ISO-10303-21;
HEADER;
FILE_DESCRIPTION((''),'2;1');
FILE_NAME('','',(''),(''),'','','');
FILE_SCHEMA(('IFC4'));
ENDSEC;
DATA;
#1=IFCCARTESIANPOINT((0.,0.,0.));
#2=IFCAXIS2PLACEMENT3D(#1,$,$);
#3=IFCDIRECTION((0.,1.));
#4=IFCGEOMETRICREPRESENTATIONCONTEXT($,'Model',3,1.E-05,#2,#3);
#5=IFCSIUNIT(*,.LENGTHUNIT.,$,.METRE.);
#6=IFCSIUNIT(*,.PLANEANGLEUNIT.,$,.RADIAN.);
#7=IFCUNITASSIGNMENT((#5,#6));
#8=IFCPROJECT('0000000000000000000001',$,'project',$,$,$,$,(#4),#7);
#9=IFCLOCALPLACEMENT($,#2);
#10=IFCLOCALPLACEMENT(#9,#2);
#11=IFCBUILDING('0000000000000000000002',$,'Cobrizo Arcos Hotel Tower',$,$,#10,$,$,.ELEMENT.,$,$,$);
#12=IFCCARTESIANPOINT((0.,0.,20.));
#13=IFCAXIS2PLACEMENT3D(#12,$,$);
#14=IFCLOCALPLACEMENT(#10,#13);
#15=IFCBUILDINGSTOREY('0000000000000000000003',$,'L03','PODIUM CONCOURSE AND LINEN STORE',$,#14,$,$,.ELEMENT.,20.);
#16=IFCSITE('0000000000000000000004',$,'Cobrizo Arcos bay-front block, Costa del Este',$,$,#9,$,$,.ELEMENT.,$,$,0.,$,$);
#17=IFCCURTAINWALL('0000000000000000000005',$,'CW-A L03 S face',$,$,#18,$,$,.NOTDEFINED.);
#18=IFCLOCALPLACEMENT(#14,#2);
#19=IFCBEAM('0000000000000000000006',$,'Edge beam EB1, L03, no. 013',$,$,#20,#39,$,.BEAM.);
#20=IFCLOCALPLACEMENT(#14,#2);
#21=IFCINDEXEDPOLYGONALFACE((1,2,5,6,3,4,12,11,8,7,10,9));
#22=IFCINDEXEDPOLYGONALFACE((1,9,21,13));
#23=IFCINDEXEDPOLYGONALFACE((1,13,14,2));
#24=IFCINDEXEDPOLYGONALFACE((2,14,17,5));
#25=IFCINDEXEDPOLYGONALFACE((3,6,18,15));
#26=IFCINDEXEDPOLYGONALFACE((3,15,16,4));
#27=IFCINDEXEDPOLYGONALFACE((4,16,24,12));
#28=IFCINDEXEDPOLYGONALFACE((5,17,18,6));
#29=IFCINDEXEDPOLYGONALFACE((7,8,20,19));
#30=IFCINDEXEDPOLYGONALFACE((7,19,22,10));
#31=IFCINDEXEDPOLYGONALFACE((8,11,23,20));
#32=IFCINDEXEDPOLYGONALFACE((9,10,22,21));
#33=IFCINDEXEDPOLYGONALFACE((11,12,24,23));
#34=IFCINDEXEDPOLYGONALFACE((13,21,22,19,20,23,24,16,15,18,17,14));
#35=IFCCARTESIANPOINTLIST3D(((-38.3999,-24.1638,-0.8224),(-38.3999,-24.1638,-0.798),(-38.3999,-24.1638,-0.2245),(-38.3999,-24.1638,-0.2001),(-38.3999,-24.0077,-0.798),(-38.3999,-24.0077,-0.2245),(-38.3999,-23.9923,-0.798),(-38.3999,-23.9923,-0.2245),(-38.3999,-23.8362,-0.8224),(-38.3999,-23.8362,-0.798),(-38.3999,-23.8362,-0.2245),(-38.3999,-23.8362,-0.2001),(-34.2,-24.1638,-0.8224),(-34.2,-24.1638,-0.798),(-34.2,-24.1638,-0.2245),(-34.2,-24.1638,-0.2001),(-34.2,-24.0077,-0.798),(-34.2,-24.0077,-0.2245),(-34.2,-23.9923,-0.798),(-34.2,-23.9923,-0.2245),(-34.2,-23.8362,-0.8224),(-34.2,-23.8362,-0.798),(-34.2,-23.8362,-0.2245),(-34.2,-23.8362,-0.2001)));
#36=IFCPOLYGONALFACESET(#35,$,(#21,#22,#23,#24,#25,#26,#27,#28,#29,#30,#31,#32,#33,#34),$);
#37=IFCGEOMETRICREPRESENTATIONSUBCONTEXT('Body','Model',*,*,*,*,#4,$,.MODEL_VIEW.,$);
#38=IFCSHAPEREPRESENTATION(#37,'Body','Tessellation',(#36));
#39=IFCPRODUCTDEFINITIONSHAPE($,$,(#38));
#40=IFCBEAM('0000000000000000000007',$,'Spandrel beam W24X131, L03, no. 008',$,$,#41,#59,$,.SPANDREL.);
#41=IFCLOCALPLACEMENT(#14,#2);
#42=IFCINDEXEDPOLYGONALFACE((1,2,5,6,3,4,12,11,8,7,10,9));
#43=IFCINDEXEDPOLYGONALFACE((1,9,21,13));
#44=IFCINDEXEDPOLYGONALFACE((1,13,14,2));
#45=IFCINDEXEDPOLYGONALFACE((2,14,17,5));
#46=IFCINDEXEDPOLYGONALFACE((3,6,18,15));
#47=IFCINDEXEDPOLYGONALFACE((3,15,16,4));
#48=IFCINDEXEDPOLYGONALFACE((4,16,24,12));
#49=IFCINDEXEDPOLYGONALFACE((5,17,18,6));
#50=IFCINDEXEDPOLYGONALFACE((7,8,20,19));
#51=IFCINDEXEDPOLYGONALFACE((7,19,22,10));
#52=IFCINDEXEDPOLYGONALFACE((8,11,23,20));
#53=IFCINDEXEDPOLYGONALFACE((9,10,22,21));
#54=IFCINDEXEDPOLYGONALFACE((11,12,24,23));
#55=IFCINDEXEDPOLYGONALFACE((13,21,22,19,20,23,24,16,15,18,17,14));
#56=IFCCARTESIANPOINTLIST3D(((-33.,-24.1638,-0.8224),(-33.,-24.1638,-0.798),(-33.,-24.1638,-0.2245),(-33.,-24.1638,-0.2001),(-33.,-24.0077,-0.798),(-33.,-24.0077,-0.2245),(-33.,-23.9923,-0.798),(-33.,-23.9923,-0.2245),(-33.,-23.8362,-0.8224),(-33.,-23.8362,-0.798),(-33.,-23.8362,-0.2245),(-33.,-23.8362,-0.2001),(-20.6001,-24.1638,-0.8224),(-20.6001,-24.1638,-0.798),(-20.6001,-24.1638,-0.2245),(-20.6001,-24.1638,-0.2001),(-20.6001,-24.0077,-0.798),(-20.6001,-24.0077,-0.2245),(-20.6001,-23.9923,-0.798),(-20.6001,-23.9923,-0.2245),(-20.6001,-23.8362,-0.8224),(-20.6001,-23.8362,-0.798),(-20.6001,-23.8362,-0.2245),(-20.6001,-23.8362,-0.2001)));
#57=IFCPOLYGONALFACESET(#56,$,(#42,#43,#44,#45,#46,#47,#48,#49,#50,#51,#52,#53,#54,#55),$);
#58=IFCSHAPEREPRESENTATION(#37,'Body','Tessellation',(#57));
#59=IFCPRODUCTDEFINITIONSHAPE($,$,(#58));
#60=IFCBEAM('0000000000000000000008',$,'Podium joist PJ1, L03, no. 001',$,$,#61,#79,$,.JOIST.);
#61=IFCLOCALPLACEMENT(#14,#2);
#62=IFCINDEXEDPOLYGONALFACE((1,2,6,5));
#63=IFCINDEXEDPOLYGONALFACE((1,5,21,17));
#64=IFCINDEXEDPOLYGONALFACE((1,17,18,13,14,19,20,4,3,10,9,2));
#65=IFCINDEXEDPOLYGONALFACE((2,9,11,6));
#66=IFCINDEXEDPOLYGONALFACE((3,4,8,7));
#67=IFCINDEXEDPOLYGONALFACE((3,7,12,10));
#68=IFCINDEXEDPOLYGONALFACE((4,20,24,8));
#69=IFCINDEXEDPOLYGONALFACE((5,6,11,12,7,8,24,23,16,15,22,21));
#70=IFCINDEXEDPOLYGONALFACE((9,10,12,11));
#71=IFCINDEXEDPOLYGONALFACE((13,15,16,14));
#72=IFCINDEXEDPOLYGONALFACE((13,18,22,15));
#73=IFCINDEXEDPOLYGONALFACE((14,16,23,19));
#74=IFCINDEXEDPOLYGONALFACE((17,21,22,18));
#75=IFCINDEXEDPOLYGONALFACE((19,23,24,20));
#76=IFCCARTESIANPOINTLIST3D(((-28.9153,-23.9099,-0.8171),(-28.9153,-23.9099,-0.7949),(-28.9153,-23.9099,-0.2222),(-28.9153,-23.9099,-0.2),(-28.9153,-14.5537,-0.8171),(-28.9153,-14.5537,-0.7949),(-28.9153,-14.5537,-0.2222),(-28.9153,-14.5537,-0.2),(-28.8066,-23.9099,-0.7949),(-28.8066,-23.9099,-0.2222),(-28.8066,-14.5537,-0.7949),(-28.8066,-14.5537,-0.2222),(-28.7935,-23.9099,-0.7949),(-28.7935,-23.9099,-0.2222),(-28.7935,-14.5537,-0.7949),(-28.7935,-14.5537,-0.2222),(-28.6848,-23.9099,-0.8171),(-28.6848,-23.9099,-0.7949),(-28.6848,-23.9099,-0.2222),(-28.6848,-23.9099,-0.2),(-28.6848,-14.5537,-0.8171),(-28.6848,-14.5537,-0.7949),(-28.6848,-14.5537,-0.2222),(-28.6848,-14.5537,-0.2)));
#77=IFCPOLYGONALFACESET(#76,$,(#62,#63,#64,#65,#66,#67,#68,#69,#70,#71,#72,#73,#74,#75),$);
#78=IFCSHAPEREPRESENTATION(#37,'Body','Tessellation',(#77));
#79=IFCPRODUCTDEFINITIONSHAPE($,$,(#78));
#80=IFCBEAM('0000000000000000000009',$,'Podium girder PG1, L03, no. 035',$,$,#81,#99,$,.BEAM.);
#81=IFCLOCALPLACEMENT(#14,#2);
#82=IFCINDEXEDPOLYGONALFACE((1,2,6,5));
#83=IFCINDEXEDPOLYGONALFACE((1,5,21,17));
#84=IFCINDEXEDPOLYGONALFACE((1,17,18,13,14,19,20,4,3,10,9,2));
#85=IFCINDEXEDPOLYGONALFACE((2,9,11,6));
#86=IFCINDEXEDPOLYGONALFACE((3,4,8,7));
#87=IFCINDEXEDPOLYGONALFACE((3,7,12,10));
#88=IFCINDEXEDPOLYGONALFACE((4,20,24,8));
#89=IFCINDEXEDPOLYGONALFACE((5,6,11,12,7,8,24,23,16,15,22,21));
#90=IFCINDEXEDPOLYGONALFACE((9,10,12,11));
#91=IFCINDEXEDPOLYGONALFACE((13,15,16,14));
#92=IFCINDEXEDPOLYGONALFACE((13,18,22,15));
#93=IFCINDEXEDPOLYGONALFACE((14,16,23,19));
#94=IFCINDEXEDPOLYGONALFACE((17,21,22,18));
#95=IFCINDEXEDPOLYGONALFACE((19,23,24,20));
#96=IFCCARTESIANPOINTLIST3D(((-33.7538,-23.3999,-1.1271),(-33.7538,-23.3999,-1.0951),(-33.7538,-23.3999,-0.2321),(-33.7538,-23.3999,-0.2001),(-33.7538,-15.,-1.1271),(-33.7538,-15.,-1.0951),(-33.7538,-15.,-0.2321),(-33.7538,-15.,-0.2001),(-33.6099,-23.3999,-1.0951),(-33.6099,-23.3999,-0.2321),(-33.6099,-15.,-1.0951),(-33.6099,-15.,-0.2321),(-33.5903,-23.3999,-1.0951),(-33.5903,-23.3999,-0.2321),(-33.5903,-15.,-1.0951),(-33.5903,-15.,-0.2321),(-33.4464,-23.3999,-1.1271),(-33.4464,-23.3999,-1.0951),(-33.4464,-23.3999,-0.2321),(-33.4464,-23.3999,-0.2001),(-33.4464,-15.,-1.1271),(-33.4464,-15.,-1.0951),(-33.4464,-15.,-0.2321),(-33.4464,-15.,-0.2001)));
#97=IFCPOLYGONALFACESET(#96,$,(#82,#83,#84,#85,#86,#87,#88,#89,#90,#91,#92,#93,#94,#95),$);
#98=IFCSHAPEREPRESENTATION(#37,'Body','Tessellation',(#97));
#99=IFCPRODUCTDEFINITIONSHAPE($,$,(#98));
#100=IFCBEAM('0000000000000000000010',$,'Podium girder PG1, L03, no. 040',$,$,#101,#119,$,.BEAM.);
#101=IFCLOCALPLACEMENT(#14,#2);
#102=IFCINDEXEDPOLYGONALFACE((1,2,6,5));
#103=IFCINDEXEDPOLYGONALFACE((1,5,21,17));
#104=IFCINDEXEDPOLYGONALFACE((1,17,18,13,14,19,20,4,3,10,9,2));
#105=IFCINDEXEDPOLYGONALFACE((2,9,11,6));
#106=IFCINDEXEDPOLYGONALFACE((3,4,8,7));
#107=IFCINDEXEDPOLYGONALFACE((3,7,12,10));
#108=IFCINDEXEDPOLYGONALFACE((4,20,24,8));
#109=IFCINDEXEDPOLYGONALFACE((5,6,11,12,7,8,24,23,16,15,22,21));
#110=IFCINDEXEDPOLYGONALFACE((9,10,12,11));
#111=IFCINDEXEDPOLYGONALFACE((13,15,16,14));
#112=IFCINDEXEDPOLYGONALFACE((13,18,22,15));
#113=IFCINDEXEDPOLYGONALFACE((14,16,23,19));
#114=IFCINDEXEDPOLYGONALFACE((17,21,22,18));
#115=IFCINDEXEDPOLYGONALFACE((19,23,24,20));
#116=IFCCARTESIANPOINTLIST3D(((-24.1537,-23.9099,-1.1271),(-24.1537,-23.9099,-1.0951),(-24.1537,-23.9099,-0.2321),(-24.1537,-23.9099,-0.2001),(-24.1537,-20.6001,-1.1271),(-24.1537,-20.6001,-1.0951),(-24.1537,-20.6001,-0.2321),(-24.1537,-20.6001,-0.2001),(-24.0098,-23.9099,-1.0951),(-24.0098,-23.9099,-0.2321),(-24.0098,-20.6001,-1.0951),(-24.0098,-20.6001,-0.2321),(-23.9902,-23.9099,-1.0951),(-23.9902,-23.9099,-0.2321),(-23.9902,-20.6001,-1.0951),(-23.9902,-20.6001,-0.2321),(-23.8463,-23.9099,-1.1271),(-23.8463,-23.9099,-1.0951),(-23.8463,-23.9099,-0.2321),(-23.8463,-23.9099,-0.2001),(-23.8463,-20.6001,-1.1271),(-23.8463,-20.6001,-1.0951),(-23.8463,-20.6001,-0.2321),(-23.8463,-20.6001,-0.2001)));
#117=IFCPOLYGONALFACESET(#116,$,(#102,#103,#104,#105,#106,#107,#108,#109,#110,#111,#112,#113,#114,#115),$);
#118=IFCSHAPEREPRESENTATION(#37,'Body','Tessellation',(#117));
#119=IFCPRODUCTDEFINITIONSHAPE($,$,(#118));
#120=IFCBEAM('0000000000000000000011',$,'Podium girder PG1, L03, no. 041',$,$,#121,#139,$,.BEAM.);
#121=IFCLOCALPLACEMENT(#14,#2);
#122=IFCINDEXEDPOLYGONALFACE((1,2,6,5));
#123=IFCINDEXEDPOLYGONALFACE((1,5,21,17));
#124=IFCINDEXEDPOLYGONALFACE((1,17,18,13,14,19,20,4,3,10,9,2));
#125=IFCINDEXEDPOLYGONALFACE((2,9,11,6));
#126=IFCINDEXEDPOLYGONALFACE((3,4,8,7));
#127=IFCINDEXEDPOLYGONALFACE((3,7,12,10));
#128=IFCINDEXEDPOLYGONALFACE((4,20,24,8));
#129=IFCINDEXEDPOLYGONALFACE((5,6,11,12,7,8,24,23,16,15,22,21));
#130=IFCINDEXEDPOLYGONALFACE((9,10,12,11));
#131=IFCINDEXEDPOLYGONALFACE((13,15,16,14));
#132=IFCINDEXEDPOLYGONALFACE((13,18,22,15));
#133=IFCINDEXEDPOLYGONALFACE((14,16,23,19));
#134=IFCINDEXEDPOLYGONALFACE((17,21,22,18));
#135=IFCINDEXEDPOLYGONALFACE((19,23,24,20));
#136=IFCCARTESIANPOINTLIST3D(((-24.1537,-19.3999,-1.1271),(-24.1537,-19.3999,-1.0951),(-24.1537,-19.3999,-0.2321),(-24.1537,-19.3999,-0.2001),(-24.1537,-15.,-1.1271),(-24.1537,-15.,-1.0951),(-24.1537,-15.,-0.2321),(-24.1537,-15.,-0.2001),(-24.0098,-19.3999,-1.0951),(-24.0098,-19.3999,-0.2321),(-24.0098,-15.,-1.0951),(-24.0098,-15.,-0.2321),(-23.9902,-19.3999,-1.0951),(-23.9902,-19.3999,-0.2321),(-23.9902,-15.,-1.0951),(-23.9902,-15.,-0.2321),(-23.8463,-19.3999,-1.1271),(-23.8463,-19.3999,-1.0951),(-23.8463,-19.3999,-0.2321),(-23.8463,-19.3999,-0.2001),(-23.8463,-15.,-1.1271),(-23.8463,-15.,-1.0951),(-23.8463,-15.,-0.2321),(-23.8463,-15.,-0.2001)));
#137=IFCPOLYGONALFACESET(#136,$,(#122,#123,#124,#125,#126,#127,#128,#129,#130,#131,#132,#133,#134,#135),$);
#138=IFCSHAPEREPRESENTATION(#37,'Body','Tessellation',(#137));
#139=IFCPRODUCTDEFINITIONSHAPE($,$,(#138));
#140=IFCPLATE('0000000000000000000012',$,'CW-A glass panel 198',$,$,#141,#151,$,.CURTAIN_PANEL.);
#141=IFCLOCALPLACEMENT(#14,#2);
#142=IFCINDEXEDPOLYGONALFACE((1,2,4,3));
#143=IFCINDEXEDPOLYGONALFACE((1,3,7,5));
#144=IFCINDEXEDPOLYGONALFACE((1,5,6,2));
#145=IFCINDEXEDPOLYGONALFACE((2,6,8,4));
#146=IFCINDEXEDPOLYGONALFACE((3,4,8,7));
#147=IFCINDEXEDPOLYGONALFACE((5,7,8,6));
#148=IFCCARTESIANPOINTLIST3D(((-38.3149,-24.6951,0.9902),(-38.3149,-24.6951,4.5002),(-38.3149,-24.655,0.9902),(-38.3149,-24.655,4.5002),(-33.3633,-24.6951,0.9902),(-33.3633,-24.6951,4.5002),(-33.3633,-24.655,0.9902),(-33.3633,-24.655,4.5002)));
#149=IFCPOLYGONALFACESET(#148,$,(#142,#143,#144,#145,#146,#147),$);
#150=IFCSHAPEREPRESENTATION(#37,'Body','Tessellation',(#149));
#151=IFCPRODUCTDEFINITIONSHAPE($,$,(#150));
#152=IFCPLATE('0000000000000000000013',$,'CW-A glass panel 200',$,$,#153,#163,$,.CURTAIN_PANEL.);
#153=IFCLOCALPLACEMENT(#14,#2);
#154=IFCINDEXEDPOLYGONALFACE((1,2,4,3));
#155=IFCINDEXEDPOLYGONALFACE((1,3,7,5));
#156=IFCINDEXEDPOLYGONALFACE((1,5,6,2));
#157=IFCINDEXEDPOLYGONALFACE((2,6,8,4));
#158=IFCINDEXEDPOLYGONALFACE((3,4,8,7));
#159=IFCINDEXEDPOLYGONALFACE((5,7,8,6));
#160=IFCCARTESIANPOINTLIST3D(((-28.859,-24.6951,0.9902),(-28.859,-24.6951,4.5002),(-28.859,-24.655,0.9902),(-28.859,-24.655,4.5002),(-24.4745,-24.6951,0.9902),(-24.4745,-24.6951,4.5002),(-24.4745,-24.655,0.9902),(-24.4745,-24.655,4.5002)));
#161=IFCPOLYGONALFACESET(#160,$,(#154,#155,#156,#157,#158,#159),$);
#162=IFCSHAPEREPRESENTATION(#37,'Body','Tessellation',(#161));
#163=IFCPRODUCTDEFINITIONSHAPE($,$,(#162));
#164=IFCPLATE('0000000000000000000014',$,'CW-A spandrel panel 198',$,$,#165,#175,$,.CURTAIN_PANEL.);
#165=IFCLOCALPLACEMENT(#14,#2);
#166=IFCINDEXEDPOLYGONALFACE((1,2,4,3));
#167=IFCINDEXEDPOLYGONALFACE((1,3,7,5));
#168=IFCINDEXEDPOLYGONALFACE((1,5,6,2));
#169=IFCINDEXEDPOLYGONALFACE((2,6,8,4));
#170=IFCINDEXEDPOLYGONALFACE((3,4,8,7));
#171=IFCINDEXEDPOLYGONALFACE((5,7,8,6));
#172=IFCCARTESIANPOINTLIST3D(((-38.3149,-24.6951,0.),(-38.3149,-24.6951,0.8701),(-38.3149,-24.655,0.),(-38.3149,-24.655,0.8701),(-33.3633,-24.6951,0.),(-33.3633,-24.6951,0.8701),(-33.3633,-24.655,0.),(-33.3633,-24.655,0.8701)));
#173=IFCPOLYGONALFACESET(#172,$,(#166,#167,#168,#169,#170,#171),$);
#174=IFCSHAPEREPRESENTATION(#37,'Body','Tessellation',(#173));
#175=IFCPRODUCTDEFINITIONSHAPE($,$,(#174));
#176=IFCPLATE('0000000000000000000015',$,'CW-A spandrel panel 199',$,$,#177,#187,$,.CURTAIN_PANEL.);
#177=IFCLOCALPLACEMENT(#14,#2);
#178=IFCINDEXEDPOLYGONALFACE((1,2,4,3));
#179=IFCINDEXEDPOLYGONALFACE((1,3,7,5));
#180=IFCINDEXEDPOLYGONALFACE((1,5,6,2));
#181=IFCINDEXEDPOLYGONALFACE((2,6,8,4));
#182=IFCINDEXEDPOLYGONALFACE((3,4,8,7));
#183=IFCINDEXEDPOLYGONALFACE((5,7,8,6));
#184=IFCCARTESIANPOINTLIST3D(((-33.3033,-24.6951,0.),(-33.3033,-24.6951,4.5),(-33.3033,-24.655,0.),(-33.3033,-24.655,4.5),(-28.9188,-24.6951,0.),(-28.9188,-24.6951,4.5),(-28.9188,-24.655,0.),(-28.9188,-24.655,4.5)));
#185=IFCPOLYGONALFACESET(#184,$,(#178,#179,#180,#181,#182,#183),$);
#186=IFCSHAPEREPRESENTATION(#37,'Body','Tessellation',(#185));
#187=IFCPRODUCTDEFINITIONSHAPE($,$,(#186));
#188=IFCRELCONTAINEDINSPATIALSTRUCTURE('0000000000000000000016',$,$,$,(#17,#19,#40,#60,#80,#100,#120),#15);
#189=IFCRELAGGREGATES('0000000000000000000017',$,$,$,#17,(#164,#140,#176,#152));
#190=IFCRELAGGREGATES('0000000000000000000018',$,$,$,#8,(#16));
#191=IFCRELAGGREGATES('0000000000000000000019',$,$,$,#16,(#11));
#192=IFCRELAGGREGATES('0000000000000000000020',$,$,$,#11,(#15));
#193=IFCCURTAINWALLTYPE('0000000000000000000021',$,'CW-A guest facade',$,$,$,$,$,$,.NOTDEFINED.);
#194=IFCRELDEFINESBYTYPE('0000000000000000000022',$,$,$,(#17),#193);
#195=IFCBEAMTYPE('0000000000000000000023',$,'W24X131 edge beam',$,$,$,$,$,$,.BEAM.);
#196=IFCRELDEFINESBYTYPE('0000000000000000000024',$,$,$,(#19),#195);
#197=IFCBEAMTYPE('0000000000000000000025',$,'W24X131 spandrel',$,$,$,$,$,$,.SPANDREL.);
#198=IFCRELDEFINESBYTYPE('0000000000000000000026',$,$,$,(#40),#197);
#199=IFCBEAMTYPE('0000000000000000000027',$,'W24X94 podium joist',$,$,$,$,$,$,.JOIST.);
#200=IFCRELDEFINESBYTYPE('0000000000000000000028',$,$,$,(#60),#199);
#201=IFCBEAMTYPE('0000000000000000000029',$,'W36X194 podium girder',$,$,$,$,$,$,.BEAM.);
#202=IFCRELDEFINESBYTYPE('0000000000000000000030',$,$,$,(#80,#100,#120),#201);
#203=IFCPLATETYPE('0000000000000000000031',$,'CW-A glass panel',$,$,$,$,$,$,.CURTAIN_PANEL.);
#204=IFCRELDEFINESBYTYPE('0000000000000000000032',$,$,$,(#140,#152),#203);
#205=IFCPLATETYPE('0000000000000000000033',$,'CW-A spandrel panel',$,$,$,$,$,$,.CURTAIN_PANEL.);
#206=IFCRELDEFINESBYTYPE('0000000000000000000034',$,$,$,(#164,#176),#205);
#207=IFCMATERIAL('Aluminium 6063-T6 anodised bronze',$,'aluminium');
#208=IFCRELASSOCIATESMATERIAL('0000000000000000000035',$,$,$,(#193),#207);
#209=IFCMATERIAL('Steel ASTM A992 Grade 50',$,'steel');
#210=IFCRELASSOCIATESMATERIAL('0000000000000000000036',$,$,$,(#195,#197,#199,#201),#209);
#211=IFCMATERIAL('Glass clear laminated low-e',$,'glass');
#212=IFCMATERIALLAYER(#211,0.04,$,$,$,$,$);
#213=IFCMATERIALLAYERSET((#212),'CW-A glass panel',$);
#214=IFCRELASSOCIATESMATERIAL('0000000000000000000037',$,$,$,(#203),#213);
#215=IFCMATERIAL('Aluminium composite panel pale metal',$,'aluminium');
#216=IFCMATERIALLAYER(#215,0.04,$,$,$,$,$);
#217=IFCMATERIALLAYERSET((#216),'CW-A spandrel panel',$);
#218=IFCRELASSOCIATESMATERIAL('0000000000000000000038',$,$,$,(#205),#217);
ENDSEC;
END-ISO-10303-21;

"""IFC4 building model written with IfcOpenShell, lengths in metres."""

from ifc_helpers import new_model, si_unit, direction, frame, origin, origin_2d, place, context, subcontext, project, spatial, rectangle, i_section, extrude, material, layer, layer_set, material_profile, profile_set, type_object, element, aggregate, save


model = new_model("IFC4")

# Units and contexts
model_context = context("Model", 3, precision=1e-05, world=origin(), true_north=direction((0.0, 1.0)))
body_context = subcontext(model_context, "Body", "Model", "MODEL_VIEW")
ifc_project = project(units=[si_unit("LENGTHUNIT", "METRE"), si_unit("PLANEANGLEUNIT", "RADIAN")], contexts=[model_context])

# Site, building, storey
site_placement = place(None, origin())
site = spatial("IfcSite", under=ifc_project, at=site_placement, Name="Cobrizo Arcos bay-front block, Costa del Este", CompositionType="ELEMENT", RefElevation=0.0)
building_placement = place(site_placement, origin())
building = spatial("IfcBuilding", under=site, at=building_placement, Name="Cobrizo Arcos Hotel Tower", CompositionType="ELEMENT")
storey_placement = place(building_placement, frame((0.0, 0.0, 20.0)))
storey = spatial("IfcBuildingStorey", under=building, at=storey_placement, Name="L03", Description="PODIUM CONCOURSE AND LINEN STORE", CompositionType="ELEMENT", Elevation=20.0)

# Curtain wall
ifc_material_1 = material(Name="Aluminium 6063-T6 anodised bronze", Category="aluminium")
curtain_wall_type_1 = type_object("IfcCurtainWallType", Name="CW-A guest facade", PredefinedType="NOTDEFINED", material=ifc_material_1)
curtain_wall_1_placement = place(storey_placement, origin())
curtain_wall_1 = element("IfcCurtainWall", 1, at=curtain_wall_1_placement, inside=storey, type_object=curtain_wall_type_1, Name="CW-A L03 S face", PredefinedType="NOTDEFINED")

# Beams
ifc_material_2 = material(Name="Steel ASTM A992 Grade 50", Category="steel")
ifc_material_profile_1 = material_profile(ifc_material_2, i_section(OverallWidth=0.3276, OverallDepth=0.6223, WebThickness=0.0154, FlangeThickness=0.0244, at=origin_2d()), Name="W24X131")
ifc_profile_set_1 = profile_set([ifc_material_profile_1], Name="Steel ASTM A992 Grade 50")
beam_type_1 = type_object("IfcBeamType", Name="W24X131 edge beam", PredefinedType="BEAM", material=ifc_profile_set_1)
beam_1_placement = place(storey_placement, frame((-38.3999, -24.0, -0.5112), z_axis=(1.0, 0.0, 0.0), x_axis=(0.0, 1.0, 0.0)))
element("IfcBeam", 2, at=beam_1_placement, inside=storey, type_object=beam_type_1, Name="Edge beam EB1, L03, no. 013", PredefinedType="BEAM", context=body_context, shape_type="SweptSolid", body=[
    extrude(i_section(OverallWidth=0.3276, OverallDepth=0.6223, WebThickness=0.0154, FlangeThickness=0.0244, at=origin_2d()), origin(), (0.0, 0.0, 1.0), 4.2),
])
ifc_material_profile_2 = material_profile(ifc_material_2, i_section(OverallWidth=0.3276, OverallDepth=0.6223, WebThickness=0.0154, FlangeThickness=0.0244, at=origin_2d()), Name="W24X131")
ifc_profile_set_2 = profile_set([ifc_material_profile_2], Name="Steel ASTM A992 Grade 50")
beam_type_2 = type_object("IfcBeamType", Name="W24X131 spandrel", PredefinedType="SPANDREL", material=ifc_profile_set_2)
beam_2_placement = place(storey_placement, frame((-33.0, -24.0, -0.5112), z_axis=(1.0, 0.0, 0.0), x_axis=(0.0, 1.0, 0.0)))
element("IfcBeam", 3, at=beam_2_placement, inside=storey, type_object=beam_type_2, Name="Spandrel beam W24X131, L03, no. 008", PredefinedType="SPANDREL", context=body_context, shape_type="SweptSolid", body=[
    extrude(i_section(OverallWidth=0.3276, OverallDepth=0.6223, WebThickness=0.0154, FlangeThickness=0.0244, at=origin_2d()), origin(), (0.0, 0.0, 1.0), 12.3999),
])
ifc_material_profile_3 = material_profile(ifc_material_2, i_section(OverallWidth=0.2305, OverallDepth=0.6172, WebThickness=0.0132, FlangeThickness=0.0222, at=origin_2d()), Name="W24X94")
ifc_profile_set_3 = profile_set([ifc_material_profile_3], Name="Steel ASTM A992 Grade 50")
beam_type_3 = type_object("IfcBeamType", Name="W24X94 podium joist", PredefinedType="JOIST", material=ifc_profile_set_3)
beam_3_placement = place(storey_placement, frame((-28.8, -23.9099, -0.5085), z_axis=(0.0, 1.0, 0.0), x_axis=(-1.0, 0.0, 0.0)))
element("IfcBeam", 4, at=beam_3_placement, inside=storey, type_object=beam_type_3, Name="Podium joist PJ1, L03, no. 001", PredefinedType="JOIST", context=body_context, shape_type="SweptSolid", body=[
    extrude(i_section(OverallWidth=0.2305, OverallDepth=0.6172, WebThickness=0.0132, FlangeThickness=0.0222, at=origin_2d()), origin(), (0.0, 0.0, 1.0), 9.3562),
])
ifc_material_profile_4 = material_profile(ifc_material_2, i_section(OverallWidth=0.3074, OverallDepth=0.927, WebThickness=0.0195, FlangeThickness=0.032, at=origin_2d()), Name="W36X194")
ifc_profile_set_4 = profile_set([ifc_material_profile_4], Name="Steel ASTM A992 Grade 50")
beam_type_4 = type_object("IfcBeamType", Name="W36X194 podium girder", PredefinedType="BEAM", material=ifc_profile_set_4)
beam_4_placement = place(storey_placement, frame((-33.6001, -23.3999, -0.6636), z_axis=(0.0, 1.0, 0.0), x_axis=(-1.0, 0.0, 0.0)))
element("IfcBeam", 5, at=beam_4_placement, inside=storey, type_object=beam_type_4, Name="Podium girder PG1, L03, no. 035", PredefinedType="BEAM", context=body_context, shape_type="SweptSolid", body=[
    extrude(i_section(OverallWidth=0.3074, OverallDepth=0.927, WebThickness=0.0195, FlangeThickness=0.032, at=origin_2d()), origin(), (0.0, 0.0, 1.0), 8.3999),
])
beam_5_placement = place(storey_placement, frame((-24.0, -23.9099, -0.6636), z_axis=(0.0, 1.0, 0.0), x_axis=(-1.0, 0.0, 0.0)))
element("IfcBeam", 6, at=beam_5_placement, inside=storey, type_object=beam_type_4, Name="Podium girder PG1, L03, no. 040", PredefinedType="BEAM", context=body_context, shape_type="SweptSolid", body=[
    extrude(i_section(OverallWidth=0.3074, OverallDepth=0.927, WebThickness=0.0195, FlangeThickness=0.032, at=origin_2d()), origin(), (0.0, 0.0, 1.0), 3.3098),
])
beam_6_placement = place(storey_placement, frame((-24.0, -19.3999, -0.6636), z_axis=(0.0, 1.0, 0.0), x_axis=(-1.0, 0.0, 0.0)))
element("IfcBeam", 7, at=beam_6_placement, inside=storey, type_object=beam_type_4, Name="Podium girder PG1, L03, no. 041", PredefinedType="BEAM", context=body_context, shape_type="SweptSolid", body=[
    extrude(i_section(OverallWidth=0.3074, OverallDepth=0.927, WebThickness=0.0195, FlangeThickness=0.032, at=origin_2d()), origin(), (0.0, 0.0, 1.0), 4.3999),
])

# Plates
ifc_material_3 = material(Name="Glass clear laminated low-e", Category="glass")
ifc_layer_1 = layer(ifc_material_3, 0.04)
ifc_layer_set_1 = layer_set([ifc_layer_1], Name="CW-A glass panel")
plate_type_1 = type_object("IfcPlateType", Name="CW-A glass panel", PredefinedType="CURTAIN_PANEL", material=ifc_layer_set_1)
plate_1_placement = place(storey_placement, frame((-35.8391, -24.675, 0.9902), z_axis=(0.0, 0.0, 1.0), x_axis=(1.0, 0.0, 0.0)))
plate_1 = element("IfcPlate", 8, at=plate_1_placement, type_object=plate_type_1, Name="CW-A glass panel 198", PredefinedType="CURTAIN_PANEL", context=body_context, shape_type="SweptSolid", body=[
    extrude(rectangle(XDim=4.9517, YDim=0.04, at=origin_2d()), origin(), (0.0, 0.0, 1.0), 3.51),
])
plate_2_placement = place(storey_placement, frame((-26.6667, -24.675, 0.9902), z_axis=(0.0, 0.0, 1.0), x_axis=(1.0, 0.0, 0.0)))
plate_2 = element("IfcPlate", 9, at=plate_2_placement, type_object=plate_type_1, Name="CW-A glass panel 200", PredefinedType="CURTAIN_PANEL", context=body_context, shape_type="SweptSolid", body=[
    extrude(rectangle(XDim=4.3845, YDim=0.04, at=origin_2d()), origin(), (0.0, 0.0, 1.0), 3.51),
])
ifc_material_4 = material(Name="Aluminium composite panel pale metal", Category="aluminium")
ifc_layer_2 = layer(ifc_material_4, 0.04)
ifc_layer_set_2 = layer_set([ifc_layer_2], Name="CW-A spandrel panel")
plate_type_2 = type_object("IfcPlateType", Name="CW-A spandrel panel", PredefinedType="CURTAIN_PANEL", material=ifc_layer_set_2)
plate_3_placement = place(storey_placement, frame((-35.8391, -24.675, 0.0), z_axis=(0.0, 0.0, 1.0), x_axis=(1.0, 0.0, 0.0)))
plate_3 = element("IfcPlate", 10, at=plate_3_placement, type_object=plate_type_2, Name="CW-A spandrel panel 198", PredefinedType="CURTAIN_PANEL", context=body_context, shape_type="SweptSolid", body=[
    extrude(rectangle(XDim=4.9517, YDim=0.04, at=origin_2d()), origin(), (0.0, 0.0, 1.0), 0.8701),
])
plate_4_placement = place(storey_placement, frame((-31.1111, -24.675, 0.0), z_axis=(0.0, 0.0, 1.0), x_axis=(1.0, 0.0, 0.0)))
plate_4 = element("IfcPlate", 11, at=plate_4_placement, type_object=plate_type_2, Name="CW-A spandrel panel 199", PredefinedType="CURTAIN_PANEL", context=body_context, shape_type="SweptSolid", body=[
    extrude(rectangle(XDim=4.3845, YDim=0.04, at=origin_2d()), origin(), (0.0, 0.0, 1.0), 4.5),
])
aggregate(curtain_wall_1, [plate_3, plate_1, plate_4, plate_2])

save(model, "model.ifc")
